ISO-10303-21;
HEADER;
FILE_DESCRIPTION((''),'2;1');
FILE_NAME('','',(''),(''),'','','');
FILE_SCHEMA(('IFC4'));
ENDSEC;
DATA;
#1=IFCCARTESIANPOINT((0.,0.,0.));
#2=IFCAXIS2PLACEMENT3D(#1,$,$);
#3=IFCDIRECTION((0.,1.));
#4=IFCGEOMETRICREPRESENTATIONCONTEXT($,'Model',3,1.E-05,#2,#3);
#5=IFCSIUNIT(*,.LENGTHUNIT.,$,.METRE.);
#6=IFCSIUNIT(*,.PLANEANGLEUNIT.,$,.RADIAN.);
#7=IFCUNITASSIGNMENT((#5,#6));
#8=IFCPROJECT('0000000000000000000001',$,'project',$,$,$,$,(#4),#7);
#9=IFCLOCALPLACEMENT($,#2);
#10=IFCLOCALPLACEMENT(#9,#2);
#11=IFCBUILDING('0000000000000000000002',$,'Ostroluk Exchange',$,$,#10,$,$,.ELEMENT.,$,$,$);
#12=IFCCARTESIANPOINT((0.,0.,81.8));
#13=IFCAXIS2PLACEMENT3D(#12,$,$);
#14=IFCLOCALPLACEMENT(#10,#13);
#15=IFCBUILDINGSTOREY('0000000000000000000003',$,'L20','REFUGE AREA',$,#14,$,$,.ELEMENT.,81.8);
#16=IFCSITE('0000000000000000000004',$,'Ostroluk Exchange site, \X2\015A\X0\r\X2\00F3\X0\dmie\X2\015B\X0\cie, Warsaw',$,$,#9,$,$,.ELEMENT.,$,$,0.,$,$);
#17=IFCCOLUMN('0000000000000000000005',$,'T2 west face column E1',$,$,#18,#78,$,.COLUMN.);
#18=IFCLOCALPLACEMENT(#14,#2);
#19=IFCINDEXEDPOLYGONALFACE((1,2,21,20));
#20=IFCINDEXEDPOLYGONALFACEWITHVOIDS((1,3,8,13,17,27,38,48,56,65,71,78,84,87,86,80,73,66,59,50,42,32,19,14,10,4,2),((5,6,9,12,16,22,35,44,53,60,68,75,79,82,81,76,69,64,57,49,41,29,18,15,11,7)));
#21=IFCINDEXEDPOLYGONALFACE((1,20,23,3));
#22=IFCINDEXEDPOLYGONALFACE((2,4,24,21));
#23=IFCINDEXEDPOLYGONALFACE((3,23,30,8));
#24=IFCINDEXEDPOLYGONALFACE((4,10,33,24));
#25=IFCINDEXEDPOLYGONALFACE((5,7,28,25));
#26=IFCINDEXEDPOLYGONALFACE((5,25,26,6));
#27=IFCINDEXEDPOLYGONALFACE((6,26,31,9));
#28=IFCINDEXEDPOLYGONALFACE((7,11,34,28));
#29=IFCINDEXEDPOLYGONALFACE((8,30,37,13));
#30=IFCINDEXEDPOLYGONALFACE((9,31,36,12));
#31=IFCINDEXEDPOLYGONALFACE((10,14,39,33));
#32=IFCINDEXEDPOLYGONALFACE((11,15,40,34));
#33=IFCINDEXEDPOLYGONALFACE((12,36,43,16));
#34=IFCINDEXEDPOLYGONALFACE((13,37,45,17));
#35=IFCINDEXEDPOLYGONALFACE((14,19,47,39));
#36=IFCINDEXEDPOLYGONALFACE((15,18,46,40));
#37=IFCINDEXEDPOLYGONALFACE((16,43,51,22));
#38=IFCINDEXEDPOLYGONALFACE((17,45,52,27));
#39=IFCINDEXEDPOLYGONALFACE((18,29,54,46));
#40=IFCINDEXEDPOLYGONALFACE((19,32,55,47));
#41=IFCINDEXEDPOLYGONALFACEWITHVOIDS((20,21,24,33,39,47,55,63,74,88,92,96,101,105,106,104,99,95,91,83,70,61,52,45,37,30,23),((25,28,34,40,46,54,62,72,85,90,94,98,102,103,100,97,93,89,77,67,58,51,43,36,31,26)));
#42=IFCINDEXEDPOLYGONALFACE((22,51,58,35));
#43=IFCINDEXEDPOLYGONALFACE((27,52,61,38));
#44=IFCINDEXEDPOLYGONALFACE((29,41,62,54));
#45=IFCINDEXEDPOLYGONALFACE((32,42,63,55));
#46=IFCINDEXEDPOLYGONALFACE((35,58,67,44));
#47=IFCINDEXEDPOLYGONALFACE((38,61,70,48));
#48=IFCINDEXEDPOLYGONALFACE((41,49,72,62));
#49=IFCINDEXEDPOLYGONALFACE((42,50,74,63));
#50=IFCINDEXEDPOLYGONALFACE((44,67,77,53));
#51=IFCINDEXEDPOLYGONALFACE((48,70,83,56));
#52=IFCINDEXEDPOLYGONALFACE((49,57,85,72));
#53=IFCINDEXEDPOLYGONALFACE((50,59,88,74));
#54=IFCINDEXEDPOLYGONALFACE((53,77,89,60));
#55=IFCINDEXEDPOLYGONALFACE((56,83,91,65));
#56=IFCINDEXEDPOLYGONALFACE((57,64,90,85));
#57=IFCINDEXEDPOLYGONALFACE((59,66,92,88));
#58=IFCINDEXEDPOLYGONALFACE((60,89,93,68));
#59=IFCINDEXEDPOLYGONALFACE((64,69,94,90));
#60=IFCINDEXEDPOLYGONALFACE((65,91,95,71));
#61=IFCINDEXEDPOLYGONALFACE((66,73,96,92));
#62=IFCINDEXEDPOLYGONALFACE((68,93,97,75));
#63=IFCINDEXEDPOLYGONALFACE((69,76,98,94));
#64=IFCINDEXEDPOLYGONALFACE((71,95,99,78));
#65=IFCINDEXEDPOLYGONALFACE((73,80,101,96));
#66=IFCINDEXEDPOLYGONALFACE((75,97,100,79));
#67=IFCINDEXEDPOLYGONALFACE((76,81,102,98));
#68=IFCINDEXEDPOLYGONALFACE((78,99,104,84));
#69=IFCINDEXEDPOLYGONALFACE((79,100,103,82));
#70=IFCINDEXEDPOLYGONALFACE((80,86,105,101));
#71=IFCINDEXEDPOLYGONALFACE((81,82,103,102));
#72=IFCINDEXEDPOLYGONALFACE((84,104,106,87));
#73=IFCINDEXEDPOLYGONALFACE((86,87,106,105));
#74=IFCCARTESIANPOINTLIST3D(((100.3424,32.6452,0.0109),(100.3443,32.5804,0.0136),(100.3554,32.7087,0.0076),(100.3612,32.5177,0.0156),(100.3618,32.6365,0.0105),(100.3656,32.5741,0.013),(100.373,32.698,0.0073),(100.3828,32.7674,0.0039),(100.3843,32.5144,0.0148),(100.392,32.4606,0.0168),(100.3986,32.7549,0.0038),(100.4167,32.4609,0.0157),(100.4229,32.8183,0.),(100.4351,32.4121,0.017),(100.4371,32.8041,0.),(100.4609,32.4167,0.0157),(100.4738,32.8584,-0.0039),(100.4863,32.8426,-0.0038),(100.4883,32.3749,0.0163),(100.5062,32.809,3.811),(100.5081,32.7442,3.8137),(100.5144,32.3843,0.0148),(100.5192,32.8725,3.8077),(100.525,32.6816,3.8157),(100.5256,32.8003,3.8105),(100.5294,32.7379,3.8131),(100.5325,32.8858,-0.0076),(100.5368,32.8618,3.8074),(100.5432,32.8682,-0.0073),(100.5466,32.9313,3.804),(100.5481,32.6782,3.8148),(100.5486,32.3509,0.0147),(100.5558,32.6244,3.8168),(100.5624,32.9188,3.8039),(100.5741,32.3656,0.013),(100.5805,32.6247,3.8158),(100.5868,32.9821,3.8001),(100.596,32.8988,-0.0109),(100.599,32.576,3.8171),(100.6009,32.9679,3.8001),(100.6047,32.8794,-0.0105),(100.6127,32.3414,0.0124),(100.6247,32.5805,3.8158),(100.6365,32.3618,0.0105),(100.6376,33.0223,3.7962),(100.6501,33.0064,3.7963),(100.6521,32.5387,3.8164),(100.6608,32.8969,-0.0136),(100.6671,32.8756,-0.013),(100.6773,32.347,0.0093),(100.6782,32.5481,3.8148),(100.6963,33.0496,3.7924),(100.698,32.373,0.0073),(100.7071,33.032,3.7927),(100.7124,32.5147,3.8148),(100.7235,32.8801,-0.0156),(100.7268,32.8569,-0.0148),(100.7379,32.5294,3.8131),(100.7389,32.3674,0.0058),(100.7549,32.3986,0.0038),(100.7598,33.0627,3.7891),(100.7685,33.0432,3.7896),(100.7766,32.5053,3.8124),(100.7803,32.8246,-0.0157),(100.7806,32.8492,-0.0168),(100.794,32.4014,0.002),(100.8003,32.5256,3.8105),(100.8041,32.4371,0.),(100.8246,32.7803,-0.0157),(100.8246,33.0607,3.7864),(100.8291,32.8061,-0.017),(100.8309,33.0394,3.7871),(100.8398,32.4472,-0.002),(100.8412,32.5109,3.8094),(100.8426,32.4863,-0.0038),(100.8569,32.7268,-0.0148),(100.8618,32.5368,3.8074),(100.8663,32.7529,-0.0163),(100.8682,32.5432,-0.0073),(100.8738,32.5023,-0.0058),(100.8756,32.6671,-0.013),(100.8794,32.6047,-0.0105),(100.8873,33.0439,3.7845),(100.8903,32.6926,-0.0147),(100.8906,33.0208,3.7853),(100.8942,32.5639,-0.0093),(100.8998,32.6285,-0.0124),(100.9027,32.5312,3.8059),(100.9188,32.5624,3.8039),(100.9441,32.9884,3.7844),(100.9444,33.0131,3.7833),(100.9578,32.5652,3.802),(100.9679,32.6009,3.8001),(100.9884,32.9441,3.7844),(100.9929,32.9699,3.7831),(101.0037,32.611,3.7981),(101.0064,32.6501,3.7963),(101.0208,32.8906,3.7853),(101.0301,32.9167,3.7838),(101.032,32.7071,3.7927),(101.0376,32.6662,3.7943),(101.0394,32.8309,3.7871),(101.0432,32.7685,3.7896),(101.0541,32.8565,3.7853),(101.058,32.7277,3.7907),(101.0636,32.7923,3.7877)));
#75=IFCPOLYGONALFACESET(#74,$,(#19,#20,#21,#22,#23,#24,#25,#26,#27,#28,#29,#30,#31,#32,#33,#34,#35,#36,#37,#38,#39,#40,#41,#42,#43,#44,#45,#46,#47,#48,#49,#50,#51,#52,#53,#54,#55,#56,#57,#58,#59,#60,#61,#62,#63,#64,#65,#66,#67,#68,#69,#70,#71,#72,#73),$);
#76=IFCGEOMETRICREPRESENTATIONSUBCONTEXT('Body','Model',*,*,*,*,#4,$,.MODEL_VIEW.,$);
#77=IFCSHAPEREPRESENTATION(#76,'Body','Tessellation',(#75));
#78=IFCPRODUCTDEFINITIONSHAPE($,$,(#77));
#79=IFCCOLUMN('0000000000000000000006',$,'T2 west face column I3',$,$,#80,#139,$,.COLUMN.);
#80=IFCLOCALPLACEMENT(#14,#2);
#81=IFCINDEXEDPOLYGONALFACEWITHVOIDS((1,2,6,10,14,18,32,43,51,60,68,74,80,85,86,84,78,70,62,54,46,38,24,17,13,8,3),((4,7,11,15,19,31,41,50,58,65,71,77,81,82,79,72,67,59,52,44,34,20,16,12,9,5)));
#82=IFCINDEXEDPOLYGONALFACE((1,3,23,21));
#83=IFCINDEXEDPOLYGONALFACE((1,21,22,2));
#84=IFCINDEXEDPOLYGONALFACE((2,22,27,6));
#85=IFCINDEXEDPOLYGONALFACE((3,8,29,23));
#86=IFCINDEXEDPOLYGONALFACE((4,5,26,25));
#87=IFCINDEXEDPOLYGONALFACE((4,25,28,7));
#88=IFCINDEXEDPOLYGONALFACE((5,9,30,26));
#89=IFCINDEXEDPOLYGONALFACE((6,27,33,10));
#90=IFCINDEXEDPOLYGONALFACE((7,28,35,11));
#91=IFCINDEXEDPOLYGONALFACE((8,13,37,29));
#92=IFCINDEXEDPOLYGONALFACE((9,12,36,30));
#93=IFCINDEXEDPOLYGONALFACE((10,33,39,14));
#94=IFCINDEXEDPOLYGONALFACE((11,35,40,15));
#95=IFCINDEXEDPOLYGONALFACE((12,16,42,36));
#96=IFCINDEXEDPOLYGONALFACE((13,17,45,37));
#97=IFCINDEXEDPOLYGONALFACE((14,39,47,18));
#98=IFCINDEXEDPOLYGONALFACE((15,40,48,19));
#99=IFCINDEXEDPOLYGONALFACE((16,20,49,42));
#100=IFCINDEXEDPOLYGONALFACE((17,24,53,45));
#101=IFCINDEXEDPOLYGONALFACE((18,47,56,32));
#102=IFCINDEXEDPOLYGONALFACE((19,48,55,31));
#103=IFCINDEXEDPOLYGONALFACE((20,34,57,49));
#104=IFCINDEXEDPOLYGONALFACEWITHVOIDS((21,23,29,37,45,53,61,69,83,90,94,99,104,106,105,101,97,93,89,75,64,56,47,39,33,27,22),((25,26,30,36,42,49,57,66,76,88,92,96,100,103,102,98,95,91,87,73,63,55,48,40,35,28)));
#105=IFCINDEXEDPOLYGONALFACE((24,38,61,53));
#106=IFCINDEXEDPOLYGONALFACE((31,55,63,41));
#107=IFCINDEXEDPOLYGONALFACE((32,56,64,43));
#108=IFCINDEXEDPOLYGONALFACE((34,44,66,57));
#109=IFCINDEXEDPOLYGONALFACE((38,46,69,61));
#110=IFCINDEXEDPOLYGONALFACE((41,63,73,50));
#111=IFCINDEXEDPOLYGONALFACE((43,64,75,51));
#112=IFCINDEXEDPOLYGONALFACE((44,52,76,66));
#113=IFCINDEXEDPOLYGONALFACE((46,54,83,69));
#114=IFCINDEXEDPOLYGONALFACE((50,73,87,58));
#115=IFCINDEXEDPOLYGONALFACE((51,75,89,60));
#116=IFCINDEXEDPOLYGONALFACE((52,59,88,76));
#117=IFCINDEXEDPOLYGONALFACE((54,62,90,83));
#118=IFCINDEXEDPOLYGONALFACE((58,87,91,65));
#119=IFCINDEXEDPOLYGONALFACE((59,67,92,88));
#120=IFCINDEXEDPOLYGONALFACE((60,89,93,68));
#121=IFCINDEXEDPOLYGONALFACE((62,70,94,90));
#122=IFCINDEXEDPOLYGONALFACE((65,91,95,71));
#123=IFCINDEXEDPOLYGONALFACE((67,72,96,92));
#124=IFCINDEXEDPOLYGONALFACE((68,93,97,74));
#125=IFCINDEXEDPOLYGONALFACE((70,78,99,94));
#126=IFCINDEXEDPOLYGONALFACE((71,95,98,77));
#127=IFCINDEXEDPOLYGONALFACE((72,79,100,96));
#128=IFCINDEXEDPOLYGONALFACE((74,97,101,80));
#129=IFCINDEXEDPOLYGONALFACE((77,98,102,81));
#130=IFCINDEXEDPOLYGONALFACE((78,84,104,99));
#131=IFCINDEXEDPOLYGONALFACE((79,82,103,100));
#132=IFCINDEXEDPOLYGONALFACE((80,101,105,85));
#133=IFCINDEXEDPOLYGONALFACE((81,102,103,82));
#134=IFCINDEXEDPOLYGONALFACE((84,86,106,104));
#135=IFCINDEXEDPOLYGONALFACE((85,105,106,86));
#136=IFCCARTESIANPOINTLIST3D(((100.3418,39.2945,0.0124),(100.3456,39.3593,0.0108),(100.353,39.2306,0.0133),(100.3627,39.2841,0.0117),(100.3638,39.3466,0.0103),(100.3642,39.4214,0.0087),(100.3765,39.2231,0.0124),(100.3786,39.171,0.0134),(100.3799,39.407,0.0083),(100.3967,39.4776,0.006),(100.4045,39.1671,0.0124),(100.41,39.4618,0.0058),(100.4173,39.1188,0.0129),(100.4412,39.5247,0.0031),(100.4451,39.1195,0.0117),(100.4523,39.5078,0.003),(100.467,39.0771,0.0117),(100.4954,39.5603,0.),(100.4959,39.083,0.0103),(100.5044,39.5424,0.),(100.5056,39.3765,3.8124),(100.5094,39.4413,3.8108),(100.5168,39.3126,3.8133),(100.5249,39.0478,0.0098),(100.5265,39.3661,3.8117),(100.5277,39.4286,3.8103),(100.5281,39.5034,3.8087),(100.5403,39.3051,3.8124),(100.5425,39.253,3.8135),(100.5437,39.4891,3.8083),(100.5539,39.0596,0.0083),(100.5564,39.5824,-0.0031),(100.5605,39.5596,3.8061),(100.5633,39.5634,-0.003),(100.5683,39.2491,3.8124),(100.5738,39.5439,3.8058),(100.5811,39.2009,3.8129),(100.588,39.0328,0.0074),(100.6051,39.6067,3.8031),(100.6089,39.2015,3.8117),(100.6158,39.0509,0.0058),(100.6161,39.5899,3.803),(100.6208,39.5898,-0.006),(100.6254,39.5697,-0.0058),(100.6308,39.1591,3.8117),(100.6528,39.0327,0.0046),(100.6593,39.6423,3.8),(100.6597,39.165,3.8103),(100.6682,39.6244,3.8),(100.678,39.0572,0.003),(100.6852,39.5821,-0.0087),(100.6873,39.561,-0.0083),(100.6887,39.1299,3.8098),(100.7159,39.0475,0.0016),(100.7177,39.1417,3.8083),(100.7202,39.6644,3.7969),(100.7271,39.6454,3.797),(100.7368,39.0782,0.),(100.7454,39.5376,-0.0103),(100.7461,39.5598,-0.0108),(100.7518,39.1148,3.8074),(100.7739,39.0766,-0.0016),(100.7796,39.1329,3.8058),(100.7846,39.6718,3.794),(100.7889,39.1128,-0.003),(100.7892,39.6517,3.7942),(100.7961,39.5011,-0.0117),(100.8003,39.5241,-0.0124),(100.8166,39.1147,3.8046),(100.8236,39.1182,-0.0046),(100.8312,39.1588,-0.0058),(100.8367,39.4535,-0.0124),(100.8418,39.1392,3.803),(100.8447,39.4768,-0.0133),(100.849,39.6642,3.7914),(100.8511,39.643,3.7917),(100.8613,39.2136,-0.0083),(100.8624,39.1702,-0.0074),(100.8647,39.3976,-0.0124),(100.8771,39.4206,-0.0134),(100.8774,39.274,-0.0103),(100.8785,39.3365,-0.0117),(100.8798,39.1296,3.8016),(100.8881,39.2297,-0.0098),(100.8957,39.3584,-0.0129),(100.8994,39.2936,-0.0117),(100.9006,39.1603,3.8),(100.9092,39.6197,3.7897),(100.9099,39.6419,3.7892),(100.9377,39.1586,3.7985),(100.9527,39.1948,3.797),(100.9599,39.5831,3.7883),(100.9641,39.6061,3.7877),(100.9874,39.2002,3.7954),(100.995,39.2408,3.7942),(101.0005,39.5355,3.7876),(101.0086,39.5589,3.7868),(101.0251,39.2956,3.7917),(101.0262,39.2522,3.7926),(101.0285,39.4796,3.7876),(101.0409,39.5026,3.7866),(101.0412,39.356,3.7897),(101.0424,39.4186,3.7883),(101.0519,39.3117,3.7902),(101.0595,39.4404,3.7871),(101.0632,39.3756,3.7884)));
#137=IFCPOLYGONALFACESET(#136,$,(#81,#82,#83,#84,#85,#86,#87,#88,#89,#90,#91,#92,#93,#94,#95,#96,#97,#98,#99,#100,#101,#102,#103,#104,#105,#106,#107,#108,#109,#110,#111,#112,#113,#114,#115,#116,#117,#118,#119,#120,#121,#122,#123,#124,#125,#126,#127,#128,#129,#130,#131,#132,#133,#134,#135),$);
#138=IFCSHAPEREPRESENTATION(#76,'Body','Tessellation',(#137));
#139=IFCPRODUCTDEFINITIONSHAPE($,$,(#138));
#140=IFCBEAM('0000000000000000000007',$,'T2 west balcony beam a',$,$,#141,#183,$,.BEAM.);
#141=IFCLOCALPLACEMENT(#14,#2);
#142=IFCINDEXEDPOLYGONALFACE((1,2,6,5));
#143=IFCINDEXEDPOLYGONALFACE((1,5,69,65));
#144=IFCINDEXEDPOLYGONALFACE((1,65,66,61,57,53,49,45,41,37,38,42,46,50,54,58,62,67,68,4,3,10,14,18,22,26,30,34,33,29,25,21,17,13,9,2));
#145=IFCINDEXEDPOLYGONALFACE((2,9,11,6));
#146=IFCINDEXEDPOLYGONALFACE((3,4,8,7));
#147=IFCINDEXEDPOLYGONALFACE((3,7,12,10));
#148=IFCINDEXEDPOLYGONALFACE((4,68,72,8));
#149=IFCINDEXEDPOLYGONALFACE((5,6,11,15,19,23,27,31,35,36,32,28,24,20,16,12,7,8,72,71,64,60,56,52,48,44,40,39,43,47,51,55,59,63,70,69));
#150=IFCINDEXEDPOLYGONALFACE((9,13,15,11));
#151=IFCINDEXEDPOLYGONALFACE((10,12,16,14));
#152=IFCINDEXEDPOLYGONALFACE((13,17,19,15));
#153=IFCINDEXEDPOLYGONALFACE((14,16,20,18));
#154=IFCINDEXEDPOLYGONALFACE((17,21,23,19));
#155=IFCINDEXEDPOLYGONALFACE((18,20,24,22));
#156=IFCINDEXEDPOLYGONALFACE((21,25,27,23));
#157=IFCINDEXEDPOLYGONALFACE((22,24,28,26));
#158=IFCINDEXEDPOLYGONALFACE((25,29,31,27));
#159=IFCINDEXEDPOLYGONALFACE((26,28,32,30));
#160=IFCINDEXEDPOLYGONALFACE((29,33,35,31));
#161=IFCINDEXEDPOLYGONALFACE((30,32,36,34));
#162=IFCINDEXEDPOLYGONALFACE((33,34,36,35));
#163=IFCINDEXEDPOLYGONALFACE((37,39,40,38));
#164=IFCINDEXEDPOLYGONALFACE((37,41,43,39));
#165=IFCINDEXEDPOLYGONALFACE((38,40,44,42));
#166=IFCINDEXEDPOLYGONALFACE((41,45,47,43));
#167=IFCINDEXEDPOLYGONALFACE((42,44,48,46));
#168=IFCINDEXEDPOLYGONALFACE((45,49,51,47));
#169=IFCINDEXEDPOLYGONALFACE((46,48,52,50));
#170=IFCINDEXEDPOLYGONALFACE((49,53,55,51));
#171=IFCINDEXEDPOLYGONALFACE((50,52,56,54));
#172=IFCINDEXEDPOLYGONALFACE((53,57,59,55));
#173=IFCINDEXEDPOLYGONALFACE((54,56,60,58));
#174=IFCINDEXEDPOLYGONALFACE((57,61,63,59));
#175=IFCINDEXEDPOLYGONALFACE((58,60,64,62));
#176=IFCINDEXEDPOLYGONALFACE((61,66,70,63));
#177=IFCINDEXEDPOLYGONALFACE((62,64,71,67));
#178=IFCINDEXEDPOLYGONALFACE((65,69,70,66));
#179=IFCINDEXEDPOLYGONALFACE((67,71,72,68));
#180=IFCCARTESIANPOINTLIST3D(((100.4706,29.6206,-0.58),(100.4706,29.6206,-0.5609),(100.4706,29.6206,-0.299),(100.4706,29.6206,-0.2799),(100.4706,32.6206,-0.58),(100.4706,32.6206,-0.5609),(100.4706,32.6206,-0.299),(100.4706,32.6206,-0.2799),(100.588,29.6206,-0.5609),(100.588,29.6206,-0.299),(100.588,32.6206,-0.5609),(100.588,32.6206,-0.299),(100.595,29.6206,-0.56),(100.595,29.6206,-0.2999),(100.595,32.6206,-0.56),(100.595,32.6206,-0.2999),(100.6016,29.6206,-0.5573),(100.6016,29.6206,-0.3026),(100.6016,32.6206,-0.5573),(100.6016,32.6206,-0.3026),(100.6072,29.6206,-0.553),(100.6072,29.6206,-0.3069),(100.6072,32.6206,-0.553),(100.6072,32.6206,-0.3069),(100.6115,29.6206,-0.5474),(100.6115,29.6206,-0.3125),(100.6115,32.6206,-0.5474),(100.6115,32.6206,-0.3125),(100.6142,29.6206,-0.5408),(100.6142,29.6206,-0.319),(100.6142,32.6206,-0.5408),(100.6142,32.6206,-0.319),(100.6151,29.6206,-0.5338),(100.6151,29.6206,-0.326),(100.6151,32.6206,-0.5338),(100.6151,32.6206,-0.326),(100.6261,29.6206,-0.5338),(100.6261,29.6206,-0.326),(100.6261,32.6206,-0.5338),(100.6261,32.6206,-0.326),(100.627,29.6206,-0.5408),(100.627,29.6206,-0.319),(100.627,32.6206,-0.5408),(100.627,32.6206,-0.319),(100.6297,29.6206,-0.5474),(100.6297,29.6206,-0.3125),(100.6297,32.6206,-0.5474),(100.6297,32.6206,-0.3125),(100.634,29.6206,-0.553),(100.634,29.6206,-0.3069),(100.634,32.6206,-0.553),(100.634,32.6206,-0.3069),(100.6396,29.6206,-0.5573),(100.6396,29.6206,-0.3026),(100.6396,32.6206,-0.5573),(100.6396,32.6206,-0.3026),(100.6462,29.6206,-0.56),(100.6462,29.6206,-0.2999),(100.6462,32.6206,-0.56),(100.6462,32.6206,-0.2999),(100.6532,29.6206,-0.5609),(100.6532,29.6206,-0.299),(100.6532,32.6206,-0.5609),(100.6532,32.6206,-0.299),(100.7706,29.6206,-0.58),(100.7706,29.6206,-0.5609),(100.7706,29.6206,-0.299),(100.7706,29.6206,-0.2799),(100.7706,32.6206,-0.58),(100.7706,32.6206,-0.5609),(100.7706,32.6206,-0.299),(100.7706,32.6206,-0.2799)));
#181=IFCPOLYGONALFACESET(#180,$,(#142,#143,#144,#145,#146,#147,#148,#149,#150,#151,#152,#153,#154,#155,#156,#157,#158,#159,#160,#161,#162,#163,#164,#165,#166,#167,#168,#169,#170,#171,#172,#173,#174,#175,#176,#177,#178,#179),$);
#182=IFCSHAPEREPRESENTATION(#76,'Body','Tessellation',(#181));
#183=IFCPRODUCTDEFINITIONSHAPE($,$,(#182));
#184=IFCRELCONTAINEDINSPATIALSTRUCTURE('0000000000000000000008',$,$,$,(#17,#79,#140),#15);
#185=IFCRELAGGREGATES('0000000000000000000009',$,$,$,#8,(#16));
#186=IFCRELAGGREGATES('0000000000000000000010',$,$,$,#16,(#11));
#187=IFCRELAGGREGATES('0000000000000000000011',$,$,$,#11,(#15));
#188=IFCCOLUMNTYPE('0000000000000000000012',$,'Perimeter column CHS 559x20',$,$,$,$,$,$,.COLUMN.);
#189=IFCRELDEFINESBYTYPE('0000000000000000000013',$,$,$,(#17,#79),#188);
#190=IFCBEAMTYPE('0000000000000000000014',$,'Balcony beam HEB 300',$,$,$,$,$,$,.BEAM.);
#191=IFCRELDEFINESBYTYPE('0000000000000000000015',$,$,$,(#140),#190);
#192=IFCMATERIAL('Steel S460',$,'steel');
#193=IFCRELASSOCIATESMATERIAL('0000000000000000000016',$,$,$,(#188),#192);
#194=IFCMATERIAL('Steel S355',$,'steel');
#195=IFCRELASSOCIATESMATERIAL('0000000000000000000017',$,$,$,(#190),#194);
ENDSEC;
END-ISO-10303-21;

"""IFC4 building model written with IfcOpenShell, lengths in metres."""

from ifc_helpers import new_model, si_unit, direction, frame, origin, origin_2d, place, context, subcontext, project, spatial, hollow_circle, i_section, extrude, material, material_profile, profile_set, type_object, element, save


model = new_model("IFC4")

# Units and contexts
model_context = context("Model", 3, precision=1e-05, world=origin(), true_north=direction((0.0, 1.0)))
body_context = subcontext(model_context, "Body", "Model", "MODEL_VIEW")
ifc_project = project(units=[si_unit("LENGTHUNIT", "METRE"), si_unit("PLANEANGLEUNIT", "RADIAN")], contexts=[model_context])

# Site, building, storey
site_placement = place(None, origin())
site = spatial("IfcSite", under=ifc_project, at=site_placement, Name="Ostroluk Exchange site, Śródmieście, Warsaw", CompositionType="ELEMENT", RefElevation=0.0)
building_placement = place(site_placement, origin())
building = spatial("IfcBuilding", under=site, at=building_placement, Name="Ostroluk Exchange", CompositionType="ELEMENT")
storey_placement = place(building_placement, frame((0.0, 0.0, 81.8)))
storey = spatial("IfcBuildingStorey", under=building, at=storey_placement, Name="L20", Description="REFUGE AREA", CompositionType="ELEMENT", Elevation=81.8)

# Columns
ifc_material_1 = material(Name="Steel S460", Category="steel")
ifc_material_profile_1 = material_profile(ifc_material_1, hollow_circle(Radius=0.2795, WallThickness=0.02, at=origin_2d()), Name="CHS 559x20")
ifc_profile_set_1 = profile_set([ifc_material_profile_1], Name="Steel S460")
column_type = type_object("IfcColumnType", Name="Perimeter column CHS 559x20", PredefinedType="COLUMN", material=ifc_profile_set_1)
column_1_placement = place(storey_placement, frame((100.6206, 32.6206, 0.0), z_axis=(0.04303, 0.04303, 0.998147), x_axis=(-0.707107, 0.707107, 0.0)))
element("IfcColumn", 1, at=column_1_placement, inside=storey, type_object=column_type, Name="T2 west face column E1", PredefinedType="COLUMN", context=body_context, shape_type="SweptSolid", body=[
    extrude(hollow_circle(Radius=0.2795, WallThickness=0.02, at=origin_2d()), origin(), (0.0, 0.0, 1.0), 3.8071),
])
column_2_placement = place(storey_placement, frame((100.6206, 39.3103, 0.0), z_axis=(0.04306, 0.021562, 0.99884), x_axis=(-0.447747, 0.894161, 0.0)))
element("IfcColumn", 2, at=column_2_placement, inside=storey, type_object=column_type, Name="T2 west face column I3", PredefinedType="COLUMN", context=body_context, shape_type="SweptSolid", body=[
    extrude(hollow_circle(Radius=0.2795, WallThickness=0.02, at=origin_2d()), origin(), (0.0, 0.0, 1.0), 3.8044),
])

# Beam
ifc_material_2 = material(Name="Steel S355", Category="steel")
ifc_material_profile_2 = material_profile(ifc_material_2, i_section(OverallWidth=0.3, OverallDepth=0.3, WebThickness=0.011, FlangeThickness=0.019, FilletRadius=0.0271, at=origin_2d()), Name="HEB 300")
ifc_profile_set_2 = profile_set([ifc_material_profile_2], Name="Steel S355")
beam_type_1 = type_object("IfcBeamType", Name="Balcony beam HEB 300", PredefinedType="BEAM", material=ifc_profile_set_2)
beam_1_placement = place(storey_placement, frame((100.6206, 32.6206, -0.4299), z_axis=(0.0, -1.0, 0.0), x_axis=(1.0, 0.0, 0.0)))
element("IfcBeam", 3, at=beam_1_placement, inside=storey, type_object=beam_type_1, Name="T2 west balcony beam a", PredefinedType="BEAM", context=body_context, shape_type="SweptSolid", body=[
    extrude(i_section(OverallWidth=0.3, OverallDepth=0.3, WebThickness=0.011, FlangeThickness=0.019, FilletRadius=0.0271, at=origin_2d()), origin(), (0.0, 0.0, 1.0), 3.0),
])

save(model, "model.ifc")
